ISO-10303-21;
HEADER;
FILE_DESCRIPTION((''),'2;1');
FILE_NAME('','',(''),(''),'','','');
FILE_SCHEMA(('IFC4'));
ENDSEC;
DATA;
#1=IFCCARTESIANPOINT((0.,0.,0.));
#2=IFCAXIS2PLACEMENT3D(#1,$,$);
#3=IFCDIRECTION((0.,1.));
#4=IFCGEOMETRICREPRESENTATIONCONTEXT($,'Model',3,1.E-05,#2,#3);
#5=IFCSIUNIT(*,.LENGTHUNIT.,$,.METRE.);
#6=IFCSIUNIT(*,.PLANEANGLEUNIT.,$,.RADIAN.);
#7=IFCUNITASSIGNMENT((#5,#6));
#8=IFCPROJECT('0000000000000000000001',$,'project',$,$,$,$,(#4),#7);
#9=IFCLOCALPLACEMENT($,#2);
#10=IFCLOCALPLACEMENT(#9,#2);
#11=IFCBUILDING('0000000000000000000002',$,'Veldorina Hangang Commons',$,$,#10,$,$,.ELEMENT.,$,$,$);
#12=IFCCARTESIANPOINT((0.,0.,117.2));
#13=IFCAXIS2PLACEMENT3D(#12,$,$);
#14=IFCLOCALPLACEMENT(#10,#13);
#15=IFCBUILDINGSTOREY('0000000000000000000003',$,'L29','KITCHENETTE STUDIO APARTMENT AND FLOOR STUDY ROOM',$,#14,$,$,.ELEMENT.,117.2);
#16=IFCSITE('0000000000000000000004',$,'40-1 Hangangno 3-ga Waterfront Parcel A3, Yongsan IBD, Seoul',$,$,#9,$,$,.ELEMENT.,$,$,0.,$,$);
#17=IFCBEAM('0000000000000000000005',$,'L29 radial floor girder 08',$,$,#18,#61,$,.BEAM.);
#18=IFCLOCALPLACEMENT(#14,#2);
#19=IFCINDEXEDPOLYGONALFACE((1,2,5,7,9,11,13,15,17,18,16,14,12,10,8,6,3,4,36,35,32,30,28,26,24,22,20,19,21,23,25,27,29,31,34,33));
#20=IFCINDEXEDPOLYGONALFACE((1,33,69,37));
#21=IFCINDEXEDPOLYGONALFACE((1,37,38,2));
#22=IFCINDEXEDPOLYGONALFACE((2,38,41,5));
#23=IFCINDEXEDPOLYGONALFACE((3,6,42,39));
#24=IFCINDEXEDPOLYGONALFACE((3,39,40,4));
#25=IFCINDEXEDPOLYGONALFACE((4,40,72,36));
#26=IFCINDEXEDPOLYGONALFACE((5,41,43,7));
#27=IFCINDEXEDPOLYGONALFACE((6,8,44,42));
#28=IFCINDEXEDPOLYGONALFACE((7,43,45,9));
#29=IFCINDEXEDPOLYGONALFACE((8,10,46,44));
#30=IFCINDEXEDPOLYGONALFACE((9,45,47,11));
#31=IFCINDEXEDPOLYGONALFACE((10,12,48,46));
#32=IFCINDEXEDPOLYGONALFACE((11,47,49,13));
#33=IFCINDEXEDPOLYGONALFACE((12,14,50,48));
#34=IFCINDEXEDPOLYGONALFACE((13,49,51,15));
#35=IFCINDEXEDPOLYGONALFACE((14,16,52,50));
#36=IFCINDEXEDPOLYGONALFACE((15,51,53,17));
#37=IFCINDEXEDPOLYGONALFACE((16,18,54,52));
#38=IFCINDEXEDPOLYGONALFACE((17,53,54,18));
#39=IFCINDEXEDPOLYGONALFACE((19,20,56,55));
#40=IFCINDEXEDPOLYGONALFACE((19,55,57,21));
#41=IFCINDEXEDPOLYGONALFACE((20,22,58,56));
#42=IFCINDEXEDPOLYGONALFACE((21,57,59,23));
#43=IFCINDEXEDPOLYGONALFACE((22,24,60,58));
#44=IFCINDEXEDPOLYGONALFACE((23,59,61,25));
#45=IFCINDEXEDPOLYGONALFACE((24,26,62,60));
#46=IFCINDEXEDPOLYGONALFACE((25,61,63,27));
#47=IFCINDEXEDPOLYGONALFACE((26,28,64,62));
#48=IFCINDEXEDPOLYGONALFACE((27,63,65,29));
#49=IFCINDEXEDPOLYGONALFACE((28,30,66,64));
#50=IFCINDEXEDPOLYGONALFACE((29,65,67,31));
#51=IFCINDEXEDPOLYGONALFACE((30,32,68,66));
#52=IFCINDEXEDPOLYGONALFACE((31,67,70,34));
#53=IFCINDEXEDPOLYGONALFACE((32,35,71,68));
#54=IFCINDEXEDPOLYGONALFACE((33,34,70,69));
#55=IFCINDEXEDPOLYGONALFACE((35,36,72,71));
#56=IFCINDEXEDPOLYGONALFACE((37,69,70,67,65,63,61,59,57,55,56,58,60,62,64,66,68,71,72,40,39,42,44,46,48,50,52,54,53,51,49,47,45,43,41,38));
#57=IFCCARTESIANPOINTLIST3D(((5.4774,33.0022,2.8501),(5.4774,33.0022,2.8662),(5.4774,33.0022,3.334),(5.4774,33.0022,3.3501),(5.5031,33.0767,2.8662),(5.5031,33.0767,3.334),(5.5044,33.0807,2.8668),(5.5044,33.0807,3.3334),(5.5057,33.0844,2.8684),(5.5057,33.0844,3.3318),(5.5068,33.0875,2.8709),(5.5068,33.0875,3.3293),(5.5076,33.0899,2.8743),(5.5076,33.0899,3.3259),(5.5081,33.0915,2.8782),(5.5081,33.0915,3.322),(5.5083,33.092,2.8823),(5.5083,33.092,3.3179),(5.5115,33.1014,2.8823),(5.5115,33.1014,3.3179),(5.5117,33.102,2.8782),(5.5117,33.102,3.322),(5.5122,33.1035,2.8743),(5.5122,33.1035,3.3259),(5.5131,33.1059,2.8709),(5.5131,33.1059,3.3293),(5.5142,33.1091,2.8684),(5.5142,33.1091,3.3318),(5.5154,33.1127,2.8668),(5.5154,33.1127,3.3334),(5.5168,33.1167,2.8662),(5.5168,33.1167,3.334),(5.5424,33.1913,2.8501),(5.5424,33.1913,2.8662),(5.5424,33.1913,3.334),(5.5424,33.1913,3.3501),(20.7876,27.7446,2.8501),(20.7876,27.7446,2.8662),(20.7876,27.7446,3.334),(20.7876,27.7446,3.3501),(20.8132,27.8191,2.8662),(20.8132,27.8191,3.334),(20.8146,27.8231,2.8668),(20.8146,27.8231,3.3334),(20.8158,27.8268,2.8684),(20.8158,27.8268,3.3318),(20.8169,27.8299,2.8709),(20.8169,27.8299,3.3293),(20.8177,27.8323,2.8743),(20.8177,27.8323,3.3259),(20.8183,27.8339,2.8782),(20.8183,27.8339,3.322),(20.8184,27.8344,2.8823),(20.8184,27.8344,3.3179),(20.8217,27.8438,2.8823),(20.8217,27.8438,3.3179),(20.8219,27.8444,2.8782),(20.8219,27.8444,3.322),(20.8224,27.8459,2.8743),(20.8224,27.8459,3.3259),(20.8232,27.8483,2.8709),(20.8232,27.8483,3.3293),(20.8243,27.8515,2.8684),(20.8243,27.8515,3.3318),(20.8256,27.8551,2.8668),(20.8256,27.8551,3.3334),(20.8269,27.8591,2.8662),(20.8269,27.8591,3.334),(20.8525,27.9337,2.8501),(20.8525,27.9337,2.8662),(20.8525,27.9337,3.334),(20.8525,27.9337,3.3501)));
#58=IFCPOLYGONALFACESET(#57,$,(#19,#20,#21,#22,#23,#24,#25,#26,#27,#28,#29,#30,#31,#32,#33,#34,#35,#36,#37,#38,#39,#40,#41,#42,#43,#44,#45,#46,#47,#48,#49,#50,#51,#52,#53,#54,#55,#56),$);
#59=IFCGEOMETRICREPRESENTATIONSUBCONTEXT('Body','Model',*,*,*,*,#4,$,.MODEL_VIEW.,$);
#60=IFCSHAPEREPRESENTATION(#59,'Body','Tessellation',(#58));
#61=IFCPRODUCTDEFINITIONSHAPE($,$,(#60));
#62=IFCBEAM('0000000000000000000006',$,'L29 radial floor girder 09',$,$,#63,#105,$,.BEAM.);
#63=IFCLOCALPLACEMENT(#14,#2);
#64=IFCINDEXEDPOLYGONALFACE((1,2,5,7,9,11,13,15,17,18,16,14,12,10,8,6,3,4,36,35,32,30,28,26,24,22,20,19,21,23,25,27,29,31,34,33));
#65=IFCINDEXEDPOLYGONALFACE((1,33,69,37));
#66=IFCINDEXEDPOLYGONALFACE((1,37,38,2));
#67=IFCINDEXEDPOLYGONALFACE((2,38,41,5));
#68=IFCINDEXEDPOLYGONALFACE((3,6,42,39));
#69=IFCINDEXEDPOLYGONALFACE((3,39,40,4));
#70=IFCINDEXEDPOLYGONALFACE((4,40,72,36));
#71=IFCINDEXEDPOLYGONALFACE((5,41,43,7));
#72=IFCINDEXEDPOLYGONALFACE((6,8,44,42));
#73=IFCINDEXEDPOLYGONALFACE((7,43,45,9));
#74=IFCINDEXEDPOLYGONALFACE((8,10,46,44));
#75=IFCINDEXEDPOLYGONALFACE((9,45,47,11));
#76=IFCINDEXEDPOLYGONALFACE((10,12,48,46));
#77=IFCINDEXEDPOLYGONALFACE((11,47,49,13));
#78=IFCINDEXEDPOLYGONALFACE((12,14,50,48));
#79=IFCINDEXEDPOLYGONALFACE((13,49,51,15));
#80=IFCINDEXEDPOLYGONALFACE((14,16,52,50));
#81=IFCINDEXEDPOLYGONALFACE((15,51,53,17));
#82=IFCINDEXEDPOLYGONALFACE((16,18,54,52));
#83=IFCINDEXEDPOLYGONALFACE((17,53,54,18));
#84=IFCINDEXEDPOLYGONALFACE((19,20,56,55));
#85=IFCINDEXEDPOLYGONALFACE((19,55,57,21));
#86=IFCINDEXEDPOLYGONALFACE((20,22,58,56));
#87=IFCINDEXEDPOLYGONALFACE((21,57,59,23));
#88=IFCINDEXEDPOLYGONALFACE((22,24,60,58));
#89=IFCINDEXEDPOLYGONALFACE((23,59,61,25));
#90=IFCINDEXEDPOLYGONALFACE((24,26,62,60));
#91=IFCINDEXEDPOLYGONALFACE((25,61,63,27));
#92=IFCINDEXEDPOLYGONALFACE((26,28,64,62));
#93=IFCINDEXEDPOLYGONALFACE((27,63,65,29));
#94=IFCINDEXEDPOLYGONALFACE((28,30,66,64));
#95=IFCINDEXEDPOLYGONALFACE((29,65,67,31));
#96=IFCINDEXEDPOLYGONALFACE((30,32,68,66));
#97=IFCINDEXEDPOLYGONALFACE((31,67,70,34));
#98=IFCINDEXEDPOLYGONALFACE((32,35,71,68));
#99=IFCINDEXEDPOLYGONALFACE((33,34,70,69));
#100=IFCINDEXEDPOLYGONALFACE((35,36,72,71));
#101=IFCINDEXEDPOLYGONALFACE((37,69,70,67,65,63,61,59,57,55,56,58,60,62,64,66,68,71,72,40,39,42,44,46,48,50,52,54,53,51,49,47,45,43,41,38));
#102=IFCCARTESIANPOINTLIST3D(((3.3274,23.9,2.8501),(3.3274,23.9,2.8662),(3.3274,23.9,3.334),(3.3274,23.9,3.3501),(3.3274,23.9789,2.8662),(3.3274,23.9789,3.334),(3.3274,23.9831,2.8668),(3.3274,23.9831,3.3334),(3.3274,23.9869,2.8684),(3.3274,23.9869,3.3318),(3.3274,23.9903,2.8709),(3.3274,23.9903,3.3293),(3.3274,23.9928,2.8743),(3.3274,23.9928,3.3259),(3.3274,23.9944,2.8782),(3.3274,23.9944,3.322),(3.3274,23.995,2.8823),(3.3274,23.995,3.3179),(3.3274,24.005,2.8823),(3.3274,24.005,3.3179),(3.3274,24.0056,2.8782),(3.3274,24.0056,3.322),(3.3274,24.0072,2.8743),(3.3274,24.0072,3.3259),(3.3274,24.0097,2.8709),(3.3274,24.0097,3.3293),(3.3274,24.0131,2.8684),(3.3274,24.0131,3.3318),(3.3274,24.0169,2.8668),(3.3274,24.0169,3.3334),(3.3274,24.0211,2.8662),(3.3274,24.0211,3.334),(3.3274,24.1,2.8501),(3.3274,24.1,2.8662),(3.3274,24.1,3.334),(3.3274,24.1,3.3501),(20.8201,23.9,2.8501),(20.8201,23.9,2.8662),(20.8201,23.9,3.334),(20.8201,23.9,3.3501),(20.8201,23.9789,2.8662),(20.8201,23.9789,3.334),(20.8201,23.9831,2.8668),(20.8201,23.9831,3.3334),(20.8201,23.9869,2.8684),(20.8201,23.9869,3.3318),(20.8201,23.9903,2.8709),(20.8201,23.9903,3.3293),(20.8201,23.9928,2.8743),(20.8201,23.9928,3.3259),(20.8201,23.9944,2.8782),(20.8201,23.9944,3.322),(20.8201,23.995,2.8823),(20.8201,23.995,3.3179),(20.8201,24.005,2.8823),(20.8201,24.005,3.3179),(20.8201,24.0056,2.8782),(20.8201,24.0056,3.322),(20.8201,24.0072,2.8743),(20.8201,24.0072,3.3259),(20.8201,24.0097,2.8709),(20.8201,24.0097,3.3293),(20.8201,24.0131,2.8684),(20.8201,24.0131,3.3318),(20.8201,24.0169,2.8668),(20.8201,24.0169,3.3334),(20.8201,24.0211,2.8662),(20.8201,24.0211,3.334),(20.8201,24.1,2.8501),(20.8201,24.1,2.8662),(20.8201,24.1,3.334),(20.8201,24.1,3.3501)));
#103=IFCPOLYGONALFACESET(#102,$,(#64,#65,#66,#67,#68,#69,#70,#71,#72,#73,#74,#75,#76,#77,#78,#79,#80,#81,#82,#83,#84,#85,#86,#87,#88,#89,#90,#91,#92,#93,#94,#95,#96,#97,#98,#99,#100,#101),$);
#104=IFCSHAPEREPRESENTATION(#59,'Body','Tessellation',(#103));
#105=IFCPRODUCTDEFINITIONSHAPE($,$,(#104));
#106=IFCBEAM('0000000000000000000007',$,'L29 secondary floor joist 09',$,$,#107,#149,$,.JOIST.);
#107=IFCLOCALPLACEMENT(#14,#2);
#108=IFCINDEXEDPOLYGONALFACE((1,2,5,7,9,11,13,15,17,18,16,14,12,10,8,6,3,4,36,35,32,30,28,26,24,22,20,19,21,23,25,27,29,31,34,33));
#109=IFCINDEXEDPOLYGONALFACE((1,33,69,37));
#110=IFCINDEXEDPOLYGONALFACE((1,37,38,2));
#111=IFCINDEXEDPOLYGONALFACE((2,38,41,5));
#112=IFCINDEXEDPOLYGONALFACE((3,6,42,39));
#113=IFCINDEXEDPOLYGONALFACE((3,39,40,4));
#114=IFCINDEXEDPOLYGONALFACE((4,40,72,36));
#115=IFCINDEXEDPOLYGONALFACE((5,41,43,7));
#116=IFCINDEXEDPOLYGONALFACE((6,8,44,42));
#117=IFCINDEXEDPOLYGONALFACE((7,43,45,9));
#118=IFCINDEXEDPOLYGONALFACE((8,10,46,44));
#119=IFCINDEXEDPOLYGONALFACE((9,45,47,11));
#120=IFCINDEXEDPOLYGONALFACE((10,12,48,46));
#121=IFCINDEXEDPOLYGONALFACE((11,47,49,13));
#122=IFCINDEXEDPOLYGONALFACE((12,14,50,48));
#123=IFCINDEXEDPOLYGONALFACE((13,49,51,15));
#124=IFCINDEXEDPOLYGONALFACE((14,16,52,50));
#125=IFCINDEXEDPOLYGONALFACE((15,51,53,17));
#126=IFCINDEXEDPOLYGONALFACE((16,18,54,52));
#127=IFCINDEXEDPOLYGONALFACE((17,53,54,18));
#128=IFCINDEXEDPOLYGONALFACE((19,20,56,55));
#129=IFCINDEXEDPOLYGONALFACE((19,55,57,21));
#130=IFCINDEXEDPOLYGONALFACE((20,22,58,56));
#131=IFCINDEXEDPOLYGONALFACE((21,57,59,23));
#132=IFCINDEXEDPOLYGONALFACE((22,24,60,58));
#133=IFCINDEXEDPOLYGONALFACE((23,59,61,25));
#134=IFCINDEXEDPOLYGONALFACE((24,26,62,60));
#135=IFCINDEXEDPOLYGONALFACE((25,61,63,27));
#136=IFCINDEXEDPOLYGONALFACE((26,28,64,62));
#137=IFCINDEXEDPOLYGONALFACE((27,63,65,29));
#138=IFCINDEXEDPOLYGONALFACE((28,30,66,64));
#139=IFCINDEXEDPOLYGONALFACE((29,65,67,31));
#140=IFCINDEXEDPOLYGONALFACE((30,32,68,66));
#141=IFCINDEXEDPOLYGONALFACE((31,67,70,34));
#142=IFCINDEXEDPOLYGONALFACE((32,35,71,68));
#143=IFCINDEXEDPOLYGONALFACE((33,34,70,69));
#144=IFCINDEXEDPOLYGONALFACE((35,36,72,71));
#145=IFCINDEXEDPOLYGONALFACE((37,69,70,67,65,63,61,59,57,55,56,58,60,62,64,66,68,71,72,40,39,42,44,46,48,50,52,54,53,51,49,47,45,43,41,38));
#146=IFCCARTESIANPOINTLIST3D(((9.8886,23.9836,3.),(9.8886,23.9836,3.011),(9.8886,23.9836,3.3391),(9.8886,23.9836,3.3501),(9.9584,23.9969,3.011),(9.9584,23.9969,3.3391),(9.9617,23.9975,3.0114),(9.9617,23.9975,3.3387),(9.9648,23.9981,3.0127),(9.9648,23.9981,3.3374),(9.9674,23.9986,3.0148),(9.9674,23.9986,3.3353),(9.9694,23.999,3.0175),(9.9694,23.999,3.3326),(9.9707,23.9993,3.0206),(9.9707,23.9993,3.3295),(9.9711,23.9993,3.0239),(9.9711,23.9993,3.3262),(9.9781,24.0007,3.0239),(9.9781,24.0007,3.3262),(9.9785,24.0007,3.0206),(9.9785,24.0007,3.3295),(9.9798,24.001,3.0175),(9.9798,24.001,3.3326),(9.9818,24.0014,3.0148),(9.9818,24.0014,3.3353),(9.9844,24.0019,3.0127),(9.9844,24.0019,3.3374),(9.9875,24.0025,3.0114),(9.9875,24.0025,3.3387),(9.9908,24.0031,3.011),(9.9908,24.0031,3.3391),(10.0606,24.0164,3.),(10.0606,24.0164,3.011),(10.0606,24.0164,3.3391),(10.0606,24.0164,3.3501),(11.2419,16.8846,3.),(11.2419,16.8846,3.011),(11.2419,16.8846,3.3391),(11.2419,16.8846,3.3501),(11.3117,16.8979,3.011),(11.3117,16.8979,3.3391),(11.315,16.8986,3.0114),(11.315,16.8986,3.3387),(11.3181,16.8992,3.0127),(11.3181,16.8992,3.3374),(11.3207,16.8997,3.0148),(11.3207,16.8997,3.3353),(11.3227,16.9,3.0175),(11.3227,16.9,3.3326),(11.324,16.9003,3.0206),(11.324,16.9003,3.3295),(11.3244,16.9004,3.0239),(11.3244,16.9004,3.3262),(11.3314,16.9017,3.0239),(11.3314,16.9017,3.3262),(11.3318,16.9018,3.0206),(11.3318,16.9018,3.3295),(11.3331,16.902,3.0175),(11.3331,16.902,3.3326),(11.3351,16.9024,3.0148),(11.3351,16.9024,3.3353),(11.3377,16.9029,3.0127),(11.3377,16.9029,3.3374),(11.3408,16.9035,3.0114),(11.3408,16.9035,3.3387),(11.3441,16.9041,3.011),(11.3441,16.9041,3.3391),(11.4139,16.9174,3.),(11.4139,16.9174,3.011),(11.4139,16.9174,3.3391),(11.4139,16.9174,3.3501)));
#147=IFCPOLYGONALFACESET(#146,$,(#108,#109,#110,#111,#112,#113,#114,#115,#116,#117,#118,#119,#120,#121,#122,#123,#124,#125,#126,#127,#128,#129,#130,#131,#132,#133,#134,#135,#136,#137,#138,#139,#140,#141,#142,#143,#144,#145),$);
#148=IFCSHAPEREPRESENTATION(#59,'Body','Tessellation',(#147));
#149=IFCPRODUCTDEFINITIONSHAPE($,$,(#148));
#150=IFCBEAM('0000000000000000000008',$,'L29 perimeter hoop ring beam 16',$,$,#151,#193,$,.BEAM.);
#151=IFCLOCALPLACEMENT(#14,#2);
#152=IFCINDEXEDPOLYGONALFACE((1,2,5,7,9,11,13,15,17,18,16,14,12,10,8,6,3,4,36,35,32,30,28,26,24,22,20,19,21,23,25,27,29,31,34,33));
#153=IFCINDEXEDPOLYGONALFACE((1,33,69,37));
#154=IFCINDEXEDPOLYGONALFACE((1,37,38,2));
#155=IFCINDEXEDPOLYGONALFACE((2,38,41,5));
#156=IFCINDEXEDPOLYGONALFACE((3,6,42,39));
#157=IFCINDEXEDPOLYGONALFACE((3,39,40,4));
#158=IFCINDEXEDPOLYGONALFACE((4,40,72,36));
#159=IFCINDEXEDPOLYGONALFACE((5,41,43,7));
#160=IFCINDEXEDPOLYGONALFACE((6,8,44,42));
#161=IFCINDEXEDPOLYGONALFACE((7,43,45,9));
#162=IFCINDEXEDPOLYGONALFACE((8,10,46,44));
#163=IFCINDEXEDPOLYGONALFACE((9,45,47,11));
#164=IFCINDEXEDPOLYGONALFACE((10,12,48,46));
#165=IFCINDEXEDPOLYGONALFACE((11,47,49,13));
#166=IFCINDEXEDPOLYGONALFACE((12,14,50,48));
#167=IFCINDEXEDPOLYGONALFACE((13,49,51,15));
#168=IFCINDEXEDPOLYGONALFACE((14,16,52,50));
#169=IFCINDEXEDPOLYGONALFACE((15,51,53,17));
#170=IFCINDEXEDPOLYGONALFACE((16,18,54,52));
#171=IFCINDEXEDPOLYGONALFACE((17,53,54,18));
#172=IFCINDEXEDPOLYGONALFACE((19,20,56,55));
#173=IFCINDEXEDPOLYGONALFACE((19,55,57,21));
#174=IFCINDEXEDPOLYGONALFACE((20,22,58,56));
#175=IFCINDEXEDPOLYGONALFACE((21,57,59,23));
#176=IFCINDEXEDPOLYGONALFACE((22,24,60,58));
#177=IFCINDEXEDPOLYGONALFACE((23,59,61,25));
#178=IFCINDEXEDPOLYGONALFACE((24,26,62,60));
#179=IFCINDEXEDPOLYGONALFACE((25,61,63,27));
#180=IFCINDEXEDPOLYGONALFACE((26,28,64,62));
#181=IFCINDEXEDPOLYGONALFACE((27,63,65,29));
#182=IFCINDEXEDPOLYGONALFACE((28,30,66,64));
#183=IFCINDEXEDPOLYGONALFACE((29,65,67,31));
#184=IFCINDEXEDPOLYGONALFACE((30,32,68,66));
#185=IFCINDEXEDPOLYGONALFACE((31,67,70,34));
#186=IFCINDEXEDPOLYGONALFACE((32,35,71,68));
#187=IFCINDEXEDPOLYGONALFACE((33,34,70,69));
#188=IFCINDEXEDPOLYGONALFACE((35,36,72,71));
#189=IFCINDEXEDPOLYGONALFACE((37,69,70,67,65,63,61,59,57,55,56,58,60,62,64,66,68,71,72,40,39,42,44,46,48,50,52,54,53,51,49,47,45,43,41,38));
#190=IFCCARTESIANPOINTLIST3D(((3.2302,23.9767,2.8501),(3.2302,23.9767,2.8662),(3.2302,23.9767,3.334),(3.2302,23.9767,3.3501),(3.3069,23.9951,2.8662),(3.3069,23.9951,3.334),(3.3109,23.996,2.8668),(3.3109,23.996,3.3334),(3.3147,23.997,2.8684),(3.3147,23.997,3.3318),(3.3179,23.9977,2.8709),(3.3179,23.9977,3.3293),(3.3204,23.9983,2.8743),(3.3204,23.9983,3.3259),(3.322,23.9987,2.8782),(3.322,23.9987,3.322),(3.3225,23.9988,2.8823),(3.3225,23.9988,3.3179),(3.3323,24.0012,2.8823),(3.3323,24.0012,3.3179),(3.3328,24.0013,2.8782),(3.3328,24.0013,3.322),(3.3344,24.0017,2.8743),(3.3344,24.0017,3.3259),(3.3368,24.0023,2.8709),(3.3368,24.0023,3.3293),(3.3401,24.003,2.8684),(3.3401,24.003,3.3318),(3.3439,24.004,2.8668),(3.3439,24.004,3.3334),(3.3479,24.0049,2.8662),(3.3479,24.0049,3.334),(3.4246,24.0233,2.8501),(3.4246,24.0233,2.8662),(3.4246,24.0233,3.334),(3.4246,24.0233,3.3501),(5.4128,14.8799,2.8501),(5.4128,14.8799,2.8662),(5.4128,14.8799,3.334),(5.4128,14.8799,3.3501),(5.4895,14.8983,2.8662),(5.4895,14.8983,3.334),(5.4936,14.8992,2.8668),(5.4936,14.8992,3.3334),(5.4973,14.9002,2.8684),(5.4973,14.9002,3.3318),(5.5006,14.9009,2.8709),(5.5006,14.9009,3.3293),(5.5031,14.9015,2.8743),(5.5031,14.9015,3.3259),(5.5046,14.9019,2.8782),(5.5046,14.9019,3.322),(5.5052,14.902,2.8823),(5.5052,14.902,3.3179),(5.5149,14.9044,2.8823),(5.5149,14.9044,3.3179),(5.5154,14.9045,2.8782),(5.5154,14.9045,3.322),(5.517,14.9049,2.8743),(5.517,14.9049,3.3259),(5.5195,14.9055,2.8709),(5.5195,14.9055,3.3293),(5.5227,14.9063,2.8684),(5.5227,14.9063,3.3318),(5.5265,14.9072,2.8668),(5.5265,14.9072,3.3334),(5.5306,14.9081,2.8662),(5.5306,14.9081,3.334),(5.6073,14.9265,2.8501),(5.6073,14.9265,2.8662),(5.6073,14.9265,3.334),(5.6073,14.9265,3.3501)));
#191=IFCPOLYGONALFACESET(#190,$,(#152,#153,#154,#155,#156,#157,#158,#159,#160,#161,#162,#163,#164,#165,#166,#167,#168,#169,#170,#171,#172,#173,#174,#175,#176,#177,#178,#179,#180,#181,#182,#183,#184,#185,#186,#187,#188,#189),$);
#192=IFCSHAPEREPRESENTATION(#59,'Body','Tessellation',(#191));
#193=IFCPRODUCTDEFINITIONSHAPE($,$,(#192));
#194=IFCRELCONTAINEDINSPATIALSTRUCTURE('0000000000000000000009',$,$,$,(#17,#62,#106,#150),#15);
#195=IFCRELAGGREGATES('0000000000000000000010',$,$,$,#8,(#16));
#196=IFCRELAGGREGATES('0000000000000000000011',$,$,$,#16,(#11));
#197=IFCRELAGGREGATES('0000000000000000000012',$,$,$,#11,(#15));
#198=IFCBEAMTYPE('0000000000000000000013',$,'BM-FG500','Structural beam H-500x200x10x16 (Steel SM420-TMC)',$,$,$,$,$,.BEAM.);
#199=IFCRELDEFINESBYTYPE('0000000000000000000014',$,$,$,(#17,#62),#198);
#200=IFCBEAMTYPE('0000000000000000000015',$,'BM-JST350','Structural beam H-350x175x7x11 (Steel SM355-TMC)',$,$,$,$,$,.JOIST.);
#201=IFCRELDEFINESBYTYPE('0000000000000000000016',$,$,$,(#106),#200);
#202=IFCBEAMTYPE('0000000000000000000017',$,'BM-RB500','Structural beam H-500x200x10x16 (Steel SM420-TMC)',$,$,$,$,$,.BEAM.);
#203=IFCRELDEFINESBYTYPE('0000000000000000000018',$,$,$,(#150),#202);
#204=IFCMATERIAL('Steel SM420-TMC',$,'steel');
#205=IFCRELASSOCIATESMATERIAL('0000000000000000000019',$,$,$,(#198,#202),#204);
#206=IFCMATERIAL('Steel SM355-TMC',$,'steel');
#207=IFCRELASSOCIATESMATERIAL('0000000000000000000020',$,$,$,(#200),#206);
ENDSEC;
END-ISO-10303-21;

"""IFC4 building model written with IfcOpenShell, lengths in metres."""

from ifc_helpers import new_model, si_unit, direction, frame, origin, origin_2d, place, context, subcontext, project, spatial, i_section, extrude, material, material_profile, profile_set, type_object, element, save


model = new_model("IFC4")

# Units and contexts
model_context = context("Model", 3, precision=1e-05, world=origin(), true_north=direction((0.0, 1.0)))
body_context = subcontext(model_context, "Body", "Model", "MODEL_VIEW")
ifc_project = project(units=[si_unit("LENGTHUNIT", "METRE"), si_unit("PLANEANGLEUNIT", "RADIAN")], contexts=[model_context])

# Site, building, storey
site_placement = place(None, origin())
site = spatial("IfcSite", under=ifc_project, at=site_placement, Name="40-1 Hangangno 3-ga Waterfront Parcel A3, Yongsan IBD, Seoul", CompositionType="ELEMENT", RefElevation=0.0)
building_placement = place(site_placement, origin())
building = spatial("IfcBuilding", under=site, at=building_placement, Name="Veldorina Hangang Commons", CompositionType="ELEMENT")
storey_placement = place(building_placement, frame((0.0, 0.0, 117.2)))
storey = spatial("IfcBuildingStorey", under=building, at=storey_placement, Name="L29", Description="KITCHENETTE STUDIO APARTMENT AND FLOOR STUDY ROOM", CompositionType="ELEMENT", Elevation=117.2)

# Beams
ifc_material_1 = material(Name="Steel SM420-TMC", Category="steel")
ifc_material_profile_1 = material_profile(ifc_material_1, i_section(OverallWidth=0.2, OverallDepth=0.5, WebThickness=0.01, FlangeThickness=0.0161, FilletRadius=0.0161, at=origin_2d()), Name="H-500x200x10x16")
ifc_profile_set_1 = profile_set([ifc_material_profile_1], Name="Steel SM420-TMC")
beam_type_1 = type_object("IfcBeamType", Name="BM-FG500", Description="Structural beam H-500x200x10x16 (Steel SM420-TMC)", PredefinedType="BEAM", material=ifc_profile_set_1)
beam_1_placement = place(storey_placement, frame((20.8201, 27.8391, 3.1001), z_axis=(-0.945787, 0.324789, 0.0), x_axis=(-0.324789, -0.945787, 0.0)))
element("IfcBeam", 1, at=beam_1_placement, inside=storey, type_object=beam_type_1, Name="L29 radial floor girder 08", PredefinedType="BEAM", context=body_context, shape_type="SweptSolid", body=[
    extrude(i_section(OverallWidth=0.2, OverallDepth=0.5, WebThickness=0.01, FlangeThickness=0.0161, FilletRadius=0.0161, at=origin_2d()), origin(), (0.0, 0.0, 1.0), 16.1877),
])
beam_2_placement = place(storey_placement, frame((20.8201, 24.0, 3.1001), z_axis=(-1.0, 0.0, 0.0), x_axis=(0.0, -1.0, 0.0)))
element("IfcBeam", 2, at=beam_2_placement, inside=storey, type_object=beam_type_1, Name="L29 radial floor girder 09", PredefinedType="BEAM", context=body_context, shape_type="SweptSolid", body=[
    extrude(i_section(OverallWidth=0.2, OverallDepth=0.5, WebThickness=0.01, FlangeThickness=0.0161, FilletRadius=0.0161, at=origin_2d()), origin(), (0.0, 0.0, 1.0), 17.4927),
])
ifc_material_2 = material(Name="Steel SM355-TMC", Category="steel")
ifc_material_profile_2 = material_profile(ifc_material_2, i_section(OverallWidth=0.175, OverallDepth=0.3501, WebThickness=0.0071, FlangeThickness=0.011, FilletRadius=0.0129, at=origin_2d()), Name="H-350x175x7x11")
ifc_profile_set_2 = profile_set([ifc_material_profile_2], Name="Steel SM355-TMC")
beam_type_2 = type_object("IfcBeamType", Name="BM-JST350", Description="Structural beam H-350x175x7x11 (Steel SM355-TMC)", PredefinedType="JOIST", material=ifc_profile_set_2)
beam_3_placement = place(storey_placement, frame((9.9746, 24.0, 3.175), z_axis=(0.18726, -0.98231, 0.0), x_axis=(0.98231, 0.18726, 0.0)))
element("IfcBeam", 3, at=beam_3_placement, inside=storey, type_object=beam_type_2, Name="L29 secondary floor joist 09", PredefinedType="JOIST", context=body_context, shape_type="SweptSolid", body=[
    extrude(i_section(OverallWidth=0.175, OverallDepth=0.3501, WebThickness=0.0071, FlangeThickness=0.011, FilletRadius=0.0129, at=origin_2d()), origin(), (0.0, 0.0, 1.0), 7.2268),
])
ifc_material_profile_3 = material_profile(ifc_material_1, i_section(OverallWidth=0.2, OverallDepth=0.5, WebThickness=0.01, FlangeThickness=0.0161, FilletRadius=0.0161, at=origin_2d()), Name="H-500x200x10x16")
ifc_profile_set_3 = profile_set([ifc_material_profile_3], Name="Steel SM420-TMC")
beam_type_3 = type_object("IfcBeamType", Name="BM-RB500", Description="Structural beam H-500x200x10x16 (Steel SM420-TMC)", PredefinedType="BEAM", material=ifc_profile_set_3)
beam_4_placement = place(storey_placement, frame((3.3274, 24.0, 3.1001), z_axis=(0.233314, -0.972402, 0.0), x_axis=(0.972402, 0.233314, 0.0)))
element("IfcBeam", 4, at=beam_4_placement, inside=storey, type_object=beam_type_3, Name="L29 perimeter hoop ring beam 16", PredefinedType="BEAM", context=body_context, shape_type="SweptSolid", body=[
    extrude(i_section(OverallWidth=0.2, OverallDepth=0.5, WebThickness=0.01, FlangeThickness=0.0161, FilletRadius=0.0161, at=origin_2d()), origin(), (0.0, 0.0, 1.0), 9.355),
])

save(model, "model.ifc")
